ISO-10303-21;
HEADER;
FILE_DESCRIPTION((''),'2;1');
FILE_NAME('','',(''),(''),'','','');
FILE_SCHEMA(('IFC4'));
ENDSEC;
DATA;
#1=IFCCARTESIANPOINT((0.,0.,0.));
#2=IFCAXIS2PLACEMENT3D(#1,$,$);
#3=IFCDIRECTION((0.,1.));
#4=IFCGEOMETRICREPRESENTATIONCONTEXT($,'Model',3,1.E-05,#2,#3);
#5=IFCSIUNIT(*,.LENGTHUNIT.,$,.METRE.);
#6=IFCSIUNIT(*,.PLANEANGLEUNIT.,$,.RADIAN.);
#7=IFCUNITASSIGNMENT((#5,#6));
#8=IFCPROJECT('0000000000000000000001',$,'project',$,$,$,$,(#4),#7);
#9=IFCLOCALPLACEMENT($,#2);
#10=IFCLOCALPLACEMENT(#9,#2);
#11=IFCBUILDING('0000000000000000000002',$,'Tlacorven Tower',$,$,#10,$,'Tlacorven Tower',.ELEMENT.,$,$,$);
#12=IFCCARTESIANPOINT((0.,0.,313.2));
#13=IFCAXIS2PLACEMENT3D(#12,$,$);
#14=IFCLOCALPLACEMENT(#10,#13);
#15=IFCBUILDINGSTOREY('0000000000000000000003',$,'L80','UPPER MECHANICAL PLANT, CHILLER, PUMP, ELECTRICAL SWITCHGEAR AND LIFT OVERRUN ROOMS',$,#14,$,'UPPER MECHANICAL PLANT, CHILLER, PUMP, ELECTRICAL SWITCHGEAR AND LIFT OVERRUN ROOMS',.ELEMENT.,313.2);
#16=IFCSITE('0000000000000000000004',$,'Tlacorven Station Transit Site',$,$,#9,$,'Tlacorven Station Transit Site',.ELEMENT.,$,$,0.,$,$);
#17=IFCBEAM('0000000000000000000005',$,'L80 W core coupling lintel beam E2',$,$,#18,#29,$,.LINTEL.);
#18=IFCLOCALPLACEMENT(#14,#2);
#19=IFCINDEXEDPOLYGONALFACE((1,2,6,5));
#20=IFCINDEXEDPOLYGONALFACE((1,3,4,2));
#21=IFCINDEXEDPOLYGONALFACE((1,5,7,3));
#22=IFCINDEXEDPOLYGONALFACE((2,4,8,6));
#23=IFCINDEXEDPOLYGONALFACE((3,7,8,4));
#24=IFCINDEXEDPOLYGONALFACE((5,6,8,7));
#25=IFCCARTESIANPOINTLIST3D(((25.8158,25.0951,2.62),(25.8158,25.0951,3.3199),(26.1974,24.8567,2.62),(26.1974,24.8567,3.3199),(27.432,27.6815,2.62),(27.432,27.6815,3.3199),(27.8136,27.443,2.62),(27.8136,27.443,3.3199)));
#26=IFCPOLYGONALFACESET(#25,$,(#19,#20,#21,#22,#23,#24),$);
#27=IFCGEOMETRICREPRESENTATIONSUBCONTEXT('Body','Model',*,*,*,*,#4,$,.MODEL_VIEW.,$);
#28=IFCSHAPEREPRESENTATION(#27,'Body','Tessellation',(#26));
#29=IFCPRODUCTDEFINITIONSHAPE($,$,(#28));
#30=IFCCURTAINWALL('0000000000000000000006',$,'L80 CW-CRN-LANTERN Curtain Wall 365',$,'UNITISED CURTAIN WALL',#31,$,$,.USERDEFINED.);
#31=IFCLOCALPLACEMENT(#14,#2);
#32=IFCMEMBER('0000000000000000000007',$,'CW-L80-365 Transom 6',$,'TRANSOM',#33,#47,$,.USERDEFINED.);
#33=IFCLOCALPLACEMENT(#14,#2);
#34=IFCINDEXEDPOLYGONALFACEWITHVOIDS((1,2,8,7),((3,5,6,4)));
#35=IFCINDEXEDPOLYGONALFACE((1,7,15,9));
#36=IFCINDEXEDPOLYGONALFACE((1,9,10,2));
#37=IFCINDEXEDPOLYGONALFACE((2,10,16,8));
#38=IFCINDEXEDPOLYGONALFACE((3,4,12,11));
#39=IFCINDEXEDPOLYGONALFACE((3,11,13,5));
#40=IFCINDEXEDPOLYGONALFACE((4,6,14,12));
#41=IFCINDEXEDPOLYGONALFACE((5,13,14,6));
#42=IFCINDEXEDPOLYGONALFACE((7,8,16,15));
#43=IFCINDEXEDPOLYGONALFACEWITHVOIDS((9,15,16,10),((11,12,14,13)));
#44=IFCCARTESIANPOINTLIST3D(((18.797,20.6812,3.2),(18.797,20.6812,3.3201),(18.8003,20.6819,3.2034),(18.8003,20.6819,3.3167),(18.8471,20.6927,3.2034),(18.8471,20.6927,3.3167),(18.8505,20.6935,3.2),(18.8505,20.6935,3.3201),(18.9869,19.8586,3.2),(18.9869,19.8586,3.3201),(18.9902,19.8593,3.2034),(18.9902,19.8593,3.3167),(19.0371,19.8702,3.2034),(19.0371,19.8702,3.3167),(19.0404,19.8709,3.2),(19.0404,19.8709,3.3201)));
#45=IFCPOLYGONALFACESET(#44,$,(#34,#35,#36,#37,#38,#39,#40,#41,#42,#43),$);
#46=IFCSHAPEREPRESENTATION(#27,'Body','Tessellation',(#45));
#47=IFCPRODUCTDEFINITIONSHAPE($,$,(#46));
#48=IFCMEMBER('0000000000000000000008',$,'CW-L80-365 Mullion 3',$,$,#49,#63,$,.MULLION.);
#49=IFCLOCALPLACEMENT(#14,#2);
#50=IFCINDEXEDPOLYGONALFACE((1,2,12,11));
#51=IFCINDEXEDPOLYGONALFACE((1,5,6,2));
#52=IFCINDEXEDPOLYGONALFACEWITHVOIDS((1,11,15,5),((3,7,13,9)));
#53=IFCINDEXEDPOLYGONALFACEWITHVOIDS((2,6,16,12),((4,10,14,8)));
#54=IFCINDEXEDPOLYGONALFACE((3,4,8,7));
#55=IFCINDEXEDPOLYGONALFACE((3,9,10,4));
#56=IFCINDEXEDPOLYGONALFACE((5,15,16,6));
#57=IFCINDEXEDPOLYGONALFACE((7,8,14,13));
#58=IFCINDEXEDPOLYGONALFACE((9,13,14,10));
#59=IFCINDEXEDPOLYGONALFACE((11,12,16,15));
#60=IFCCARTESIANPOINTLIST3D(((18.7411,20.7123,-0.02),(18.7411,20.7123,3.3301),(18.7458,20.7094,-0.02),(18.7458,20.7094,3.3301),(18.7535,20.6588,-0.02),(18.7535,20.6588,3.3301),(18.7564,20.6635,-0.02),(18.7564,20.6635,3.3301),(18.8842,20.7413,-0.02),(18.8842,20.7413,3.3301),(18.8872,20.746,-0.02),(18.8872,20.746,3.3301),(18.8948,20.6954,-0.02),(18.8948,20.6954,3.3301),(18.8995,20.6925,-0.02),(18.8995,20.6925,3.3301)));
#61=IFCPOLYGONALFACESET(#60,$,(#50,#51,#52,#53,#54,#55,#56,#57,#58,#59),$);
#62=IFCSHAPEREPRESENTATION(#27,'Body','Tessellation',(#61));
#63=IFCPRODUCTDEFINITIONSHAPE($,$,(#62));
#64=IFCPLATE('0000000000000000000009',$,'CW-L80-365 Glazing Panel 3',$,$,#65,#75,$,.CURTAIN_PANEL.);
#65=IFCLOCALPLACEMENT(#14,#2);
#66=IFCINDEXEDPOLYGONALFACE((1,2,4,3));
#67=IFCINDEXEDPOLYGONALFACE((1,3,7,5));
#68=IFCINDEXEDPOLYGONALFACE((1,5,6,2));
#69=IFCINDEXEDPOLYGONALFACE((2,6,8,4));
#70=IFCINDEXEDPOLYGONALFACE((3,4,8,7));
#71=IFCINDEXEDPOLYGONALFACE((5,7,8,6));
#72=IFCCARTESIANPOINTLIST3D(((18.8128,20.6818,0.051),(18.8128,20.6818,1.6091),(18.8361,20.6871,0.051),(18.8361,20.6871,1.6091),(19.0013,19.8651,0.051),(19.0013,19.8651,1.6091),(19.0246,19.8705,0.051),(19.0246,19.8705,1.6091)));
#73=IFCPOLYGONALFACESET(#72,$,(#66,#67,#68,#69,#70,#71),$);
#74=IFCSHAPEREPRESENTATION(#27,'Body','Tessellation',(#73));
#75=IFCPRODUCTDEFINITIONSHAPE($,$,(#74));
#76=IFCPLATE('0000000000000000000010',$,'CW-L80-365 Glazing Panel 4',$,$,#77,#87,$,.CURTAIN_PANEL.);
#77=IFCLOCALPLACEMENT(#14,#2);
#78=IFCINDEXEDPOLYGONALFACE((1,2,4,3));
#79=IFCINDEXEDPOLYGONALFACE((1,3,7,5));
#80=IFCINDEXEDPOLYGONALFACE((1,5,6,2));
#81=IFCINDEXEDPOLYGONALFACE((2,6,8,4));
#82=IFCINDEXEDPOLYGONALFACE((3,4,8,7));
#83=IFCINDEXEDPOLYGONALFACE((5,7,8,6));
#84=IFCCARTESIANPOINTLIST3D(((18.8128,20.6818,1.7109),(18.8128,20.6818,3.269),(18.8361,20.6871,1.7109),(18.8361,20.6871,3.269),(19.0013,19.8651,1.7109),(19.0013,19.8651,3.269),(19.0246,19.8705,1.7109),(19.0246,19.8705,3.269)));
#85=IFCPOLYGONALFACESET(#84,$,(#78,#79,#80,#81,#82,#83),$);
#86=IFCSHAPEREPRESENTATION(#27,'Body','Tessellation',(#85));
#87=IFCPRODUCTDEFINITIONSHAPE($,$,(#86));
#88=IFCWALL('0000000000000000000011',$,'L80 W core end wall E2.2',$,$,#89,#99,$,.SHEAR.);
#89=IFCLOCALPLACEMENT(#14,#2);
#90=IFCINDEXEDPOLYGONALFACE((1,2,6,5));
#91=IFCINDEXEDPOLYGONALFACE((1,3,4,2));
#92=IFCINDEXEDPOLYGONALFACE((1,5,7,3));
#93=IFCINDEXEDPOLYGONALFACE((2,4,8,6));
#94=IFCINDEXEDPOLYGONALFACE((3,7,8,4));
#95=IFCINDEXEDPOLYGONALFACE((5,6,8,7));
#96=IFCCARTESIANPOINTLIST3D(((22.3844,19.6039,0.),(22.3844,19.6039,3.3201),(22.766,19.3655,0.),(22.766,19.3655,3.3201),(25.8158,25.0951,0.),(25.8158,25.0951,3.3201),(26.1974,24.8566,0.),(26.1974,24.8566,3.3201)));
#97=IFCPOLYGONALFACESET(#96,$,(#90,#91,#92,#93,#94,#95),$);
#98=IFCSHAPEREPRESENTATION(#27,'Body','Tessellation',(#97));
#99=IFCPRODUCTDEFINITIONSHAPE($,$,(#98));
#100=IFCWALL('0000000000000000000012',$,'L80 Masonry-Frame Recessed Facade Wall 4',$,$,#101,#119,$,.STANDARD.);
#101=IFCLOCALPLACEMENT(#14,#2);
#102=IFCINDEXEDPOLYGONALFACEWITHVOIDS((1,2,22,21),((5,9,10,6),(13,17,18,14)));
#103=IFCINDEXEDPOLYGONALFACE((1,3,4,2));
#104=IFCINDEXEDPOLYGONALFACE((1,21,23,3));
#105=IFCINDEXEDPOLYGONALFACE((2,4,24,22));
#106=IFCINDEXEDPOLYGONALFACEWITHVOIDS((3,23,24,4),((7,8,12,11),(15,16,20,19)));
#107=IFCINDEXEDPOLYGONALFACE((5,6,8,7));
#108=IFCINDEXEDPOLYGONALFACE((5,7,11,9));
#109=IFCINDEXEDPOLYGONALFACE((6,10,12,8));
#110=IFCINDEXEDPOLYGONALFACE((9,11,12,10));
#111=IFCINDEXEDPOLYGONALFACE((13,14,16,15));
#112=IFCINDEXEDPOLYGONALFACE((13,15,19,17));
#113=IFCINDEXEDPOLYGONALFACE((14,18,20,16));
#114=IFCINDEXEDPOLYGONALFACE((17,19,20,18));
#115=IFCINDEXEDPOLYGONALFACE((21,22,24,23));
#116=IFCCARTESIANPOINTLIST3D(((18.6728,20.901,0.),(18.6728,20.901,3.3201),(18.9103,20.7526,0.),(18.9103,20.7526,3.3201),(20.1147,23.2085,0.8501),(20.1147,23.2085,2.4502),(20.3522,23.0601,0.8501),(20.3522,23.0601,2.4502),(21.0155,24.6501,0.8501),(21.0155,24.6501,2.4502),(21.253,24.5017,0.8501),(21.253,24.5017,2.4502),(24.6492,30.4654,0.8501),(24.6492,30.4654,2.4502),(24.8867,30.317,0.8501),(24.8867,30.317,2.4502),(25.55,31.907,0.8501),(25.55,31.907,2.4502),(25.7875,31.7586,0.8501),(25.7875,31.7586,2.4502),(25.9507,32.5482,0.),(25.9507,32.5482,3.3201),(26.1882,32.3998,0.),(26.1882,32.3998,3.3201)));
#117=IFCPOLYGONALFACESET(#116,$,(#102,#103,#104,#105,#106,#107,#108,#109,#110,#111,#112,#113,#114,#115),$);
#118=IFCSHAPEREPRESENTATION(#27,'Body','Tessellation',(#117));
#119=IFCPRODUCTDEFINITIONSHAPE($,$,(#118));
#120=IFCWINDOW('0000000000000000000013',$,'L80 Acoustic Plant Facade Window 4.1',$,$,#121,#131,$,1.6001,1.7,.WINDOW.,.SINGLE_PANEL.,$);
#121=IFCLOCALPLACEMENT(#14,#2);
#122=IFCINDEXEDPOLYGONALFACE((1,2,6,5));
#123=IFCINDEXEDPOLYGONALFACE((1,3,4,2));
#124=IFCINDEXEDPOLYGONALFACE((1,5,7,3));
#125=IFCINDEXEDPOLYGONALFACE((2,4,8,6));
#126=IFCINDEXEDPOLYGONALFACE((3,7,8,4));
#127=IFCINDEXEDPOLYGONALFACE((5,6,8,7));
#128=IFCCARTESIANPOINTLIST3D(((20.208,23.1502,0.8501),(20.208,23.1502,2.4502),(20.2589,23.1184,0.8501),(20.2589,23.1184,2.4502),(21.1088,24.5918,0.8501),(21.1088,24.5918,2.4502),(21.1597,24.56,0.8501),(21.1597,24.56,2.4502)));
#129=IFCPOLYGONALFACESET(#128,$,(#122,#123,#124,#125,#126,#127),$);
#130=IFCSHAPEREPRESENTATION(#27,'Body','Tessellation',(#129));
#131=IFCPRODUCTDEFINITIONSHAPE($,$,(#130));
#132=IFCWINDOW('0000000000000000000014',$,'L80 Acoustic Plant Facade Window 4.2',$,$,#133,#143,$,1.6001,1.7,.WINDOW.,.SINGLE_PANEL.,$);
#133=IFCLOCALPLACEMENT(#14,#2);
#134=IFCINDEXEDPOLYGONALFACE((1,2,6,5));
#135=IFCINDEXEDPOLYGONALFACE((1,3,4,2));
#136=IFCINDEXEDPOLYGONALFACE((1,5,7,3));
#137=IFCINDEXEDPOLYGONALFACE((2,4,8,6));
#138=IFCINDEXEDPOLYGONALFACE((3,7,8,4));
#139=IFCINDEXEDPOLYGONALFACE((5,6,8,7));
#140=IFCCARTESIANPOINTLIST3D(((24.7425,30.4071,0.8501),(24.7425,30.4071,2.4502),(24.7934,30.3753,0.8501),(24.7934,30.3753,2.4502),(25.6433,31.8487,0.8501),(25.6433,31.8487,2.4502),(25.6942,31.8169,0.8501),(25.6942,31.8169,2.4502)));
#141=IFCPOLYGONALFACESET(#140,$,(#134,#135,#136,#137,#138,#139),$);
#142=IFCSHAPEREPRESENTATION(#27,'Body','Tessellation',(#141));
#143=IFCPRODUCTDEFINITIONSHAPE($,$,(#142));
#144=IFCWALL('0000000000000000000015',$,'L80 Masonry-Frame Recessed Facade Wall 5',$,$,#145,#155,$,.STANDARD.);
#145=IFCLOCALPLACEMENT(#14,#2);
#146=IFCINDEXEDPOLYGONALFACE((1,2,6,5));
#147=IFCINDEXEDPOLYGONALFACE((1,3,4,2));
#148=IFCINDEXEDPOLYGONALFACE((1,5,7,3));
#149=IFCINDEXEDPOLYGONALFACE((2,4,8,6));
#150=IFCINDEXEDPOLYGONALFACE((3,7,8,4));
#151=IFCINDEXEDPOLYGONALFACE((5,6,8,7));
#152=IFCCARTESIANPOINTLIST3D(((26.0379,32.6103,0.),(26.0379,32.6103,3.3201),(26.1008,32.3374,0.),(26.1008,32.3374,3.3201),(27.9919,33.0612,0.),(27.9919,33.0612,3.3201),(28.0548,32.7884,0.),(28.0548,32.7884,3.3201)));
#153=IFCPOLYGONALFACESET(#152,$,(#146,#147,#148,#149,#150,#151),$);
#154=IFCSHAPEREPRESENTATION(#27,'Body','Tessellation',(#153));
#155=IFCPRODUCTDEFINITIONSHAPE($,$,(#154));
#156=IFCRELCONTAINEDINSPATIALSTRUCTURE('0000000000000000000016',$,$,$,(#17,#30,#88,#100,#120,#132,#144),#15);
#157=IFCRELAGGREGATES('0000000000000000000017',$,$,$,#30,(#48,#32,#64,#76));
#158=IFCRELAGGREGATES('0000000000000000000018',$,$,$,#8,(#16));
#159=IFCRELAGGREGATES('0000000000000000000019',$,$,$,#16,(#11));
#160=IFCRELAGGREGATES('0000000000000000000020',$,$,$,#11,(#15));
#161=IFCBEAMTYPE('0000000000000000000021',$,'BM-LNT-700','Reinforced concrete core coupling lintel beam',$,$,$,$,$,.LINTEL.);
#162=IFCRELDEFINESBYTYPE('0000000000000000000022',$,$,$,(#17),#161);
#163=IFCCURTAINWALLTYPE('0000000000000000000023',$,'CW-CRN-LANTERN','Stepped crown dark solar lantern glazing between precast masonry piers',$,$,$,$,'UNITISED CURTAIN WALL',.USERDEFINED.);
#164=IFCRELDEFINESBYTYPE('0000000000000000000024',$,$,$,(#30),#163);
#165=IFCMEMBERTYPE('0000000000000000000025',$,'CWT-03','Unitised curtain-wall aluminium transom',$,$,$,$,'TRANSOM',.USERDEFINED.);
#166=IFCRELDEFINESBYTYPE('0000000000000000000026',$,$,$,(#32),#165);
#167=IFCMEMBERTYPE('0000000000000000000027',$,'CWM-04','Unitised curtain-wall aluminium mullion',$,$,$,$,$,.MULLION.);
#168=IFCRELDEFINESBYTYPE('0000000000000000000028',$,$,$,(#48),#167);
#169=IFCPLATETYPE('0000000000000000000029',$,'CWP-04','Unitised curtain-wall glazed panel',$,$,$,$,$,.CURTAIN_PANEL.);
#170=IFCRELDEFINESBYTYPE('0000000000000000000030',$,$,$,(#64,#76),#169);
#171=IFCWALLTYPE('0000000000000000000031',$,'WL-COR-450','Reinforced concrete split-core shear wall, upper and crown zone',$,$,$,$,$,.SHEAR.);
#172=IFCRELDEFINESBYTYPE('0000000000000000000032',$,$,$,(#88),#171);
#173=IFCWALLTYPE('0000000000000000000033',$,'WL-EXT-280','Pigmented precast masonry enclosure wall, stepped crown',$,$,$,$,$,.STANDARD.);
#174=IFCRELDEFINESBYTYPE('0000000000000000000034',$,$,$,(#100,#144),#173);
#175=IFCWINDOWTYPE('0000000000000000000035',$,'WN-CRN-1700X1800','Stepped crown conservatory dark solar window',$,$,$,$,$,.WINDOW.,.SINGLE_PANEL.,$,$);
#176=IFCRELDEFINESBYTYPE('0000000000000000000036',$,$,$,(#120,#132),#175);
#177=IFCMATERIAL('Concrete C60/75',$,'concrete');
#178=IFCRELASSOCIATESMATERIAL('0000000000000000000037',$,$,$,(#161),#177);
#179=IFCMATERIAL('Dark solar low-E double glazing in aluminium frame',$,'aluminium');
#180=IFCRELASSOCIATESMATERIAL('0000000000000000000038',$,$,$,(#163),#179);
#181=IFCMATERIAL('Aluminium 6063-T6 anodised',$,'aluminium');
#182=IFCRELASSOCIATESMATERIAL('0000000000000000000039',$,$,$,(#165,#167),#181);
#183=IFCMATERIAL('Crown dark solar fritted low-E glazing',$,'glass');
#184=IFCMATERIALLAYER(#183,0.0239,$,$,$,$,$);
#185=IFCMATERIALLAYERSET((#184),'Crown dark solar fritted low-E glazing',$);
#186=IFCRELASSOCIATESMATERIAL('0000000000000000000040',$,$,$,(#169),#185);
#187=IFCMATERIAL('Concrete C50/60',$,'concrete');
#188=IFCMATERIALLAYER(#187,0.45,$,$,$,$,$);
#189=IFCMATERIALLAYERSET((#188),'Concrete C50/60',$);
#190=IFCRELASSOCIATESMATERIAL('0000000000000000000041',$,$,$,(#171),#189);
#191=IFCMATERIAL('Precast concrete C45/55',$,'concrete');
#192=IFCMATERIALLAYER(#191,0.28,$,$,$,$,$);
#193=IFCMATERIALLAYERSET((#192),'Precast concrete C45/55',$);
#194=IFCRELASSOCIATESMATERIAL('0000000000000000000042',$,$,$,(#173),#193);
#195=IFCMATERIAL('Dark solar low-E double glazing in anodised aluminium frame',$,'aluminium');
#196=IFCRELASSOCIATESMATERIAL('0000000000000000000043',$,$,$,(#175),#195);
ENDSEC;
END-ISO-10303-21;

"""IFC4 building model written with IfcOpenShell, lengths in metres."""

from ifc_helpers import new_model, si_unit, direction, frame, frame_2d, origin, origin_2d, place, context, subcontext, project, spatial, rectangle, hollow_rectangle, extrude, source, transform, mapped, material, layer, layer_set, material_profile, profile_set, type_object, element, fill, aggregate, save


model = new_model("IFC4")

# Units and contexts
model_context = context("Model", 3, precision=1e-05, world=origin(), true_north=direction((0.0, 1.0)))
body_context = subcontext(model_context, "Body", "Model", "MODEL_VIEW")
ifc_project = project(units=[si_unit("LENGTHUNIT", "METRE"), si_unit("PLANEANGLEUNIT", "RADIAN")], contexts=[model_context])

# Site, building, storey
site_placement = place(None, origin())
site = spatial("IfcSite", under=ifc_project, at=site_placement, Name="Tlacorven Station Transit Site", LongName="Tlacorven Station Transit Site", CompositionType="ELEMENT", RefElevation=0.0)
building_placement = place(site_placement, origin())
building = spatial("IfcBuilding", under=site, at=building_placement, Name="Tlacorven Tower", LongName="Tlacorven Tower", CompositionType="ELEMENT")
storey_placement = place(building_placement, frame((0.0, 0.0, 313.2)))
storey = spatial("IfcBuildingStorey", under=building, at=storey_placement, Name="L80", Description="UPPER MECHANICAL PLANT, CHILLER, PUMP, ELECTRICAL SWITCHGEAR AND LIFT OVERRUN ROOMS", LongName="UPPER MECHANICAL PLANT, CHILLER, PUMP, ELECTRICAL SWITCHGEAR AND LIFT OVERRUN ROOMS", CompositionType="ELEMENT", Elevation=313.2)

# Beam
ifc_material_1 = material(Name="Concrete C60/75", Category="concrete")
ifc_material_profile_1 = material_profile(ifc_material_1, rectangle(XDim=0.45, YDim=0.7, at=origin_2d()), Name="RC 450X700")
ifc_profile_set_1 = profile_set([ifc_material_profile_1], Name="Concrete C60/75")
beam_type = type_object("IfcBeamType", Name="BM-LNT-700", Description="Reinforced concrete core coupling lintel beam", PredefinedType="LINTEL", material=ifc_profile_set_1)
shared_shape_1 = source(origin(), body_context, "Body", "SweptSolid", [
    extrude(rectangle(XDim=0.45, YDim=0.7, at=origin_2d()), origin(), (0.0, 0.0, 1.0), 3.0498),
])
beam_placement = place(storey_placement, frame((27.6228, 27.5623, 2.97), z_axis=(-0.529927, -0.848043, 0.0), x_axis=(0.848043, -0.529927, 0.0)))
element("IfcBeam", 1, at=beam_placement, inside=storey, type_object=beam_type, Name="L80 W core coupling lintel beam E2", PredefinedType="LINTEL", context=body_context, shape_type="MappedRepresentation", body=[
    mapped(shared_shape_1, transform((0.0, 0.0, 0.0), scale=1.0)),
])

# Curtain wall, members, plates
ifc_material_2 = material(Name="Dark solar low-E double glazing in aluminium frame", Category="aluminium")
curtain_wall_type = type_object("IfcCurtainWallType", Name="CW-CRN-LANTERN", Description="Stepped crown dark solar lantern glazing between precast masonry piers", ElementType="UNITISED CURTAIN WALL", PredefinedType="USERDEFINED", material=ifc_material_2)
curtain_wall_placement = place(storey_placement, origin())
curtain_wall = element("IfcCurtainWall", 2, at=curtain_wall_placement, inside=storey, type_object=curtain_wall_type, Name="L80 CW-CRN-LANTERN Curtain Wall 365", ObjectType="UNITISED CURTAIN WALL", PredefinedType="USERDEFINED")
ifc_material_3 = material(Name="Aluminium 6063-T6 anodised", Category="aluminium")
ifc_material_profile_2 = material_profile(ifc_material_3, hollow_rectangle(XDim=0.0549, YDim=0.1201, WallThickness=0.0034, at=origin_2d()), Name="ALU TRANSOM 55X120")
ifc_profile_set_2 = profile_set([ifc_material_profile_2], Name="Aluminium 6063-T6 anodised")
member_type_1 = type_object("IfcMemberType", Name="CWT-03", Description="Unitised curtain-wall aluminium transom", ElementType="TRANSOM", PredefinedType="USERDEFINED", material=ifc_profile_set_2)
shared_shape_2 = source(origin(), body_context, "Body", "SweptSolid", [
    extrude(hollow_rectangle(XDim=0.0549, YDim=0.1201, WallThickness=0.0034, at=origin_2d()), origin(), (0.0, 0.0, 1.0), 0.8442),
])
member_1_placement = place(storey_placement, frame((19.0137, 19.8647, 3.26), z_axis=(-0.225007, 0.974357, 0.0), x_axis=(-0.974357, -0.225007, 0.0)))
member_1 = element("IfcMember", 3, at=member_1_placement, type_object=member_type_1, Name="CW-L80-365 Transom 6", ObjectType="TRANSOM", PredefinedType="USERDEFINED", context=body_context, shape_type="MappedRepresentation", body=[
    mapped(shared_shape_2, transform((0.0, 0.0, 0.0), scale=1.0)),
])
ifc_material_profile_3 = material_profile(ifc_material_3, hollow_rectangle(XDim=0.0549, YDim=0.1499, WallThickness=0.0039, at=origin_2d()), Name="ALU MULLION 55X150")
ifc_profile_set_3 = profile_set([ifc_material_profile_3], Name="Aluminium 6063-T6 anodised")
member_type_2 = type_object("IfcMemberType", Name="CWM-04", Description="Unitised curtain-wall aluminium mullion", PredefinedType="MULLION", material=ifc_profile_set_3)
shared_shape_3 = source(origin(), body_context, "Body", "SweptSolid", [
    extrude(hollow_rectangle(XDim=0.0549, YDim=0.1499, WallThickness=0.0039, at=origin_2d()), origin(), (0.0, 0.0, 1.0), 3.3501),
])
member_2_placement = place(storey_placement, frame((18.8203, 20.7024, -0.02), z_axis=(0.0, 0.0, 1.0), x_axis=(-0.22495, 0.97437, 0.0)))
member_2 = element("IfcMember", 4, at=member_2_placement, type_object=member_type_2, Name="CW-L80-365 Mullion 3", PredefinedType="MULLION", context=body_context, shape_type="MappedRepresentation", body=[
    mapped(shared_shape_3, transform((0.0, 0.0, 0.0), scale=1.0)),
])
ifc_material_4 = material(Name="Crown dark solar fritted low-E glazing", Category="glass")
ifc_layer_1 = layer(ifc_material_4, 0.0239)
ifc_layer_set_1 = layer_set([ifc_layer_1], Name="Crown dark solar fritted low-E glazing")
plate_type = type_object("IfcPlateType", Name="CWP-04", Description="Unitised curtain-wall glazed panel", PredefinedType="CURTAIN_PANEL", material=ifc_layer_set_1)
shared_shape_4 = source(origin(), body_context, "Body", "SweptSolid", [
    extrude(rectangle(XDim=0.8381, YDim=0.0239, at=origin_2d()), origin(), (0.0, 0.0, 1.0), 1.5581),
])
plate_1_placement = place(storey_placement, frame((18.9187, 20.2761, 0.051), z_axis=(0.0, 0.0, 1.0), x_axis=(-0.22495, 0.97437, 0.0)))
plate_1 = element("IfcPlate", 5, at=plate_1_placement, type_object=plate_type, Name="CW-L80-365 Glazing Panel 3", PredefinedType="CURTAIN_PANEL", context=body_context, shape_type="MappedRepresentation", body=[
    mapped(shared_shape_4, transform((0.0, 0.0, 0.0), scale=1.0)),
])
plate_2_placement = place(storey_placement, frame((18.9187, 20.2761, 1.7109), z_axis=(0.0, 0.0, 1.0), x_axis=(-0.22495, 0.97437, 0.0)))
plate_2 = element("IfcPlate", 6, at=plate_2_placement, type_object=plate_type, Name="CW-L80-365 Glazing Panel 4", PredefinedType="CURTAIN_PANEL", context=body_context, shape_type="MappedRepresentation", body=[
    mapped(shared_shape_4, transform((0.0, 0.0, 0.0), scale=1.0)),
])
aggregate(curtain_wall, [member_2, member_1, plate_1, plate_2])

# Wall
ifc_material_5 = material(Name="Concrete C50/60", Category="concrete")
ifc_layer_2 = layer(ifc_material_5, 0.45)
ifc_layer_set_2 = layer_set([ifc_layer_2], Name="Concrete C50/60")
wall_type_1 = type_object("IfcWallType", Name="WL-COR-450", Description="Reinforced concrete split-core shear wall, upper and crown zone", PredefinedType="SHEAR", material=ifc_layer_set_2)
wall_1_placement = place(storey_placement, frame((26.0066, 24.9758, 0.0), z_axis=(0.0, 0.0, 1.0), x_axis=(-0.529931, -0.848041, 0.0)))
element("IfcWall", 7, at=wall_1_placement, inside=storey, type_object=wall_type_1, Name="L80 W core end wall E2.2", PredefinedType="SHEAR", context=body_context, shape_type="SweptSolid", body=[
    extrude(rectangle(XDim=6.4751, YDim=0.45, at=frame_2d((3.2375, 0.0))), origin(), (0.0, 0.0, 1.0), 3.3201),
])

# Wall, openings, windows
ifc_material_6 = material(Name="Precast concrete C45/55", Category="concrete")
ifc_layer_3 = layer(ifc_material_6, 0.28)
ifc_layer_set_3 = layer_set([ifc_layer_3], Name="Precast concrete C45/55")
wall_type_2 = type_object("IfcWallType", Name="WL-EXT-280", Description="Pigmented precast masonry enclosure wall, stepped crown", PredefinedType="STANDARD", material=ifc_layer_set_3)
wall_2_placement = place(storey_placement, frame((18.7915, 20.8267, 0.0), z_axis=(0.0, 0.0, 1.0), x_axis=(0.529911, 0.848053, 0.0)))
wall_2 = element("IfcWall", 8, at=wall_2_placement, inside=storey, type_object=wall_type_2, Name="L80 Masonry-Frame Recessed Facade Wall 4", PredefinedType="STANDARD", context=body_context, shape_type="SweptSolid", body=[
    extrude(rectangle(XDim=13.7341, YDim=0.28, at=frame_2d((6.8672, 0.0))), origin(), (0.0, 0.0, 1.0), 3.3201),
])
opening_1_placement = place(wall_2_placement, frame((2.7209, 0.0, 0.8501)))
opening_1 = element("IfcOpeningElement", 9, at=opening_1_placement, cuts=wall_2, PredefinedType="OPENING", context=body_context, shape_type="SweptSolid", body=[
    extrude(rectangle(XDim=1.7, YDim=1.6001, at=frame_2d((0.8501, 0.8))), frame((0.0, 0.1499, 0.0), z_axis=(0.0, -1.0, 0.0), x_axis=(1.0, 0.0, 0.0)), (0.0, 0.0, 1.0), 0.3),
])
opening_2_placement = place(wall_2_placement, frame((11.2781, 0.0, 0.8501)))
opening_2 = element("IfcOpeningElement", 10, at=opening_2_placement, cuts=wall_2, PredefinedType="OPENING", context=body_context, shape_type="SweptSolid", body=[
    extrude(rectangle(XDim=1.7, YDim=1.6001, at=frame_2d((0.8501, 0.8))), frame((0.0, 0.1499, 0.0), z_axis=(0.0, -1.0, 0.0), x_axis=(1.0, 0.0, 0.0)), (0.0, 0.0, 1.0), 0.3),
])
ifc_material_7 = material(Name="Dark solar low-E double glazing in anodised aluminium frame", Category="aluminium")
window_type = type_object("IfcWindowType", Name="WN-CRN-1700X1800", Description="Stepped crown conservatory dark solar window", PartitioningType="SINGLE_PANEL", PredefinedType="WINDOW", material=ifc_material_7)
shared_shape_5 = source(origin(), body_context, "Body", "SweptSolid", [
    extrude(rectangle(XDim=1.7, YDim=1.6001, at=frame_2d((0.8501, 0.8))), frame((0.0, 0.03, 0.0), z_axis=(0.0, -1.0, 0.0), x_axis=(1.0, 0.0, 0.0)), (0.0, 0.0, 1.0), 0.0601),
])
window_1_placement = place(opening_1_placement, origin())
window_1 = element("IfcWindow", 11, at=window_1_placement, inside=storey, type_object=window_type, Name="L80 Acoustic Plant Facade Window 4.1", OverallHeight=1.6001, OverallWidth=1.7, PartitioningType="SINGLE_PANEL", PredefinedType="WINDOW", context=body_context, shape_type="MappedRepresentation", body=[
    mapped(shared_shape_5, transform((0.0, 0.0, 0.0), scale=1.0)),
])
fill(opening_1, window_1)
window_2_placement = place(opening_2_placement, origin())
window_2 = element("IfcWindow", 12, at=window_2_placement, inside=storey, type_object=window_type, Name="L80 Acoustic Plant Facade Window 4.2", OverallHeight=1.6001, OverallWidth=1.7, PartitioningType="SINGLE_PANEL", PredefinedType="WINDOW", context=body_context, shape_type="MappedRepresentation", body=[
    mapped(shared_shape_5, transform((0.0, 0.0, 0.0), scale=1.0)),
])
fill(opening_2, window_2)

# Wall
wall_3_placement = place(storey_placement, frame((26.0693, 32.4739, 0.0), z_axis=(0.0, 0.0, 1.0), x_axis=(0.974393, 0.224851, 0.0)))
element("IfcWall", 13, at=wall_3_placement, inside=storey, type_object=wall_type_2, Name="L80 Masonry-Frame Recessed Facade Wall 5", PredefinedType="STANDARD", context=body_context, shape_type="SweptSolid", body=[
    extrude(rectangle(XDim=2.0054, YDim=0.28, at=frame_2d((1.0027, 0.0))), origin(), (0.0, 0.0, 1.0), 3.3201),
])

save(model, "model.ifc")
